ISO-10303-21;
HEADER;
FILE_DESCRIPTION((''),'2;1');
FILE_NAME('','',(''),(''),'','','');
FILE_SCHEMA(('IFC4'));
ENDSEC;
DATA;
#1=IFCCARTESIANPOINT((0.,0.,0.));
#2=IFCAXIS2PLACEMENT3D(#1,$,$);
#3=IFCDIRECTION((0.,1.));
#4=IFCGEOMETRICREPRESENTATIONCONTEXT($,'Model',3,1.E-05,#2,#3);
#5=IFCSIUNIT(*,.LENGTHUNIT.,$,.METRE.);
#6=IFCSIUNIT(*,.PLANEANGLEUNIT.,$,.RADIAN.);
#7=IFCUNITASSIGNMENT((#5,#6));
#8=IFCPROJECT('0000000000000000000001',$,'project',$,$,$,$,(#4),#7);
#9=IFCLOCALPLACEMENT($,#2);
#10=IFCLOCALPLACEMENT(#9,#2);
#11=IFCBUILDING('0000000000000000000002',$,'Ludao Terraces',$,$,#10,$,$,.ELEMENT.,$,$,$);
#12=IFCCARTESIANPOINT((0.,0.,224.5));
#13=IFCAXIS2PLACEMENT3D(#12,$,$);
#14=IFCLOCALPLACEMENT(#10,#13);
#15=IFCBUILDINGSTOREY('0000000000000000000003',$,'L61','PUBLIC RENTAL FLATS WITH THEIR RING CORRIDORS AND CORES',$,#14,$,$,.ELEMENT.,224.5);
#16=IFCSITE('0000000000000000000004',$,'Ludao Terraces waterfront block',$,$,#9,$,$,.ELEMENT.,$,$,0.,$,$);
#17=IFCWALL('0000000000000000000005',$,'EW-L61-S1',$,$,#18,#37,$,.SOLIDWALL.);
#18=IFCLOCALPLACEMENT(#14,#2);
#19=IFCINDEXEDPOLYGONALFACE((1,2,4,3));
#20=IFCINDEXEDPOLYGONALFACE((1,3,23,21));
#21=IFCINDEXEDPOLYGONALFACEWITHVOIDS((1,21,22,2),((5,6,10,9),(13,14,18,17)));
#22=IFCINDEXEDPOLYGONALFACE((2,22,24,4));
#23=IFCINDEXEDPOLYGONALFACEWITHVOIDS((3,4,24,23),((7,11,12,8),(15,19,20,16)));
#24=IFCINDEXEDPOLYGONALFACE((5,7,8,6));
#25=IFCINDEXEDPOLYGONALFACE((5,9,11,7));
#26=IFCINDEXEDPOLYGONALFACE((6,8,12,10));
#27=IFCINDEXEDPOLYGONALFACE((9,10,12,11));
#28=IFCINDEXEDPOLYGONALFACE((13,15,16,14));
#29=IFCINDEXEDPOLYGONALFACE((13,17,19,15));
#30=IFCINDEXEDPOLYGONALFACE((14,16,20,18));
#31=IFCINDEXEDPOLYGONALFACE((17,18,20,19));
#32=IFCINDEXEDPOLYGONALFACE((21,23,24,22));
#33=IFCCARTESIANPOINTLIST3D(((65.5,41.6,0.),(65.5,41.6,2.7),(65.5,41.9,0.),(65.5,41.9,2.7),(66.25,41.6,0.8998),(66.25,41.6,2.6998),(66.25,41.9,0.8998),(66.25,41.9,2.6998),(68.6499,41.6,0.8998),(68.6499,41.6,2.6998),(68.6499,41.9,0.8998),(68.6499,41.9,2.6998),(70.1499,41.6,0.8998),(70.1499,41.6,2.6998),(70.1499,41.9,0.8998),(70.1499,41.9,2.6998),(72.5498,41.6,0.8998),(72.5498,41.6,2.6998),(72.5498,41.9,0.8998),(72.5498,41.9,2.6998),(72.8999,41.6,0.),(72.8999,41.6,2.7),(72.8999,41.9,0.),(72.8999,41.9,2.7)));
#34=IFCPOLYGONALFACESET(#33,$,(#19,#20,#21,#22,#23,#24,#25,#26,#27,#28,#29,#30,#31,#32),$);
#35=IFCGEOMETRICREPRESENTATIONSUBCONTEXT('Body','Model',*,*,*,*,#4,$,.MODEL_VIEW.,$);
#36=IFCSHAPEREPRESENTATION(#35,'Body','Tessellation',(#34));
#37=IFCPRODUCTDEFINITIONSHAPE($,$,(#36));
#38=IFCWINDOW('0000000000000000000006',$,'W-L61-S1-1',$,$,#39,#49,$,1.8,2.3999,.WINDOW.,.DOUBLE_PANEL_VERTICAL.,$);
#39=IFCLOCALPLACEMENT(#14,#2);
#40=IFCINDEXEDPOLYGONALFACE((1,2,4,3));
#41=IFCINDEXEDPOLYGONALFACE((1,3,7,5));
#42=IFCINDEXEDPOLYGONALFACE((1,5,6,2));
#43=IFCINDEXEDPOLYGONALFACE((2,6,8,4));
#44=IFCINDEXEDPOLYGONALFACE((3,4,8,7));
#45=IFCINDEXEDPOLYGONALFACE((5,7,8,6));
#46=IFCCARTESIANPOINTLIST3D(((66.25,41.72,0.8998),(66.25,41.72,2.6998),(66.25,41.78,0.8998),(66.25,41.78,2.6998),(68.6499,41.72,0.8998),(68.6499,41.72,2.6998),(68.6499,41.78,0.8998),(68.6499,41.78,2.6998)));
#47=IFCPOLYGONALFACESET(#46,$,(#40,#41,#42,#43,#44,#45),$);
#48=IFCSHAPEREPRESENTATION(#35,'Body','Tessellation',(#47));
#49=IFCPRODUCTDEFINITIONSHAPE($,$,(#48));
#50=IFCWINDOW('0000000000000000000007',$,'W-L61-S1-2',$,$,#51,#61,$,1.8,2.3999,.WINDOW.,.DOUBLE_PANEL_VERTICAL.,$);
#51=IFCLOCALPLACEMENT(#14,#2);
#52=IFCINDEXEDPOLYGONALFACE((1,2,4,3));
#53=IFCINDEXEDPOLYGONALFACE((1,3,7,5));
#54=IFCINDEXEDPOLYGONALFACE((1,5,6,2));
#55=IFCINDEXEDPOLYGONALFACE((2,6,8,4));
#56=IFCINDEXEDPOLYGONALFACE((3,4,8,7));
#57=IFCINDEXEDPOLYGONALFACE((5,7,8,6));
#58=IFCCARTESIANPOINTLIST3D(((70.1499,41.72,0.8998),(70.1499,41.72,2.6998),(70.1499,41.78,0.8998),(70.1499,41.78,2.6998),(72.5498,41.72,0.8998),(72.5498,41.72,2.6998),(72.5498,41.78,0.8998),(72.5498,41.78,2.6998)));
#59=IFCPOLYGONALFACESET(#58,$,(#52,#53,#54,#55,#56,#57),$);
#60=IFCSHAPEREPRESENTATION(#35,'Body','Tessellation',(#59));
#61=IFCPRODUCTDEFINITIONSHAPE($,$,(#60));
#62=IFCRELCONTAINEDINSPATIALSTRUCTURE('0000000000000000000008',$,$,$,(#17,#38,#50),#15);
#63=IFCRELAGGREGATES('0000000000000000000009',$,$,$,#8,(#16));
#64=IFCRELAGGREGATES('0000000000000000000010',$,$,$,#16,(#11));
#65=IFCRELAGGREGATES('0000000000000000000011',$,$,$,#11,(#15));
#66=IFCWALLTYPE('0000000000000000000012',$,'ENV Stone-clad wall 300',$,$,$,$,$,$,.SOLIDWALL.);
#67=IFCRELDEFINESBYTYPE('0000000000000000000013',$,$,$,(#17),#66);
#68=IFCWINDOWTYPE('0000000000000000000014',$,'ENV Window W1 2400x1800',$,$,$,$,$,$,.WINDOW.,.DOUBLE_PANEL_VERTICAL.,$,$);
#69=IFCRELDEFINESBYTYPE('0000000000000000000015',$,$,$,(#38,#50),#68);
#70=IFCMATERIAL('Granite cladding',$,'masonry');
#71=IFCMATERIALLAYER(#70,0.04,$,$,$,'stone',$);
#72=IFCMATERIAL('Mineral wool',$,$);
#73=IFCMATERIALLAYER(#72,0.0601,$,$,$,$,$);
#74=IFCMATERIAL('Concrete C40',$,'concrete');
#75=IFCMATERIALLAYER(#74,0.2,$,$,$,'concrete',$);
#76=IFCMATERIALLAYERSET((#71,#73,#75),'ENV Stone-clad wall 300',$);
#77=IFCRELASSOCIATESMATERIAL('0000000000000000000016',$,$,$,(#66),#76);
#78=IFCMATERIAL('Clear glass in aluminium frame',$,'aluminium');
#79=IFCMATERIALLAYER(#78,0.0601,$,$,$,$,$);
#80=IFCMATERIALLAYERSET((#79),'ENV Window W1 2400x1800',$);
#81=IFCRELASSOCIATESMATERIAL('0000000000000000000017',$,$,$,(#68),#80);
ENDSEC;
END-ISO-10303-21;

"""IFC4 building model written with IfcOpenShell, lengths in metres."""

from ifc_helpers import new_model, si_unit, direction, frame, frame_2d, origin, place, context, subcontext, project, spatial, rectangle, extrude, material, layer, layer_set, type_object, element, fill, save


model = new_model("IFC4")

# Units and contexts
model_context = context("Model", 3, precision=1e-05, world=origin(), true_north=direction((0.0, 1.0)))
body_context = subcontext(model_context, "Body", "Model", "MODEL_VIEW")
ifc_project = project(units=[si_unit("LENGTHUNIT", "METRE"), si_unit("PLANEANGLEUNIT", "RADIAN")], contexts=[model_context])

# Site, building, storey
site_placement = place(None, origin())
site = spatial("IfcSite", under=ifc_project, at=site_placement, Name="Ludao Terraces waterfront block", CompositionType="ELEMENT", RefElevation=0.0)
building_placement = place(site_placement, origin())
building = spatial("IfcBuilding", under=site, at=building_placement, Name="Ludao Terraces", CompositionType="ELEMENT")
storey_placement = place(building_placement, frame((0.0, 0.0, 224.5)))
storey = spatial("IfcBuildingStorey", under=building, at=storey_placement, Name="L61", Description="PUBLIC RENTAL FLATS WITH THEIR RING CORRIDORS AND CORES", CompositionType="ELEMENT", Elevation=224.5)

# Wall, openings, windows
ifc_material_1 = material(Name="Granite cladding", Category="masonry")
ifc_layer_1 = layer(ifc_material_1, 0.04, Category="stone")
ifc_material_2 = material(Name="Mineral wool")
ifc_layer_2 = layer(ifc_material_2, 0.0601)
ifc_material_3 = material(Name="Concrete C40", Category="concrete")
ifc_layer_3 = layer(ifc_material_3, 0.2, Category="concrete")
ifc_layer_set_1 = layer_set([ifc_layer_1, ifc_layer_2, ifc_layer_3], Name="ENV Stone-clad wall 300")
wall_type = type_object("IfcWallType", Name="ENV Stone-clad wall 300", PredefinedType="SOLIDWALL", material=ifc_layer_set_1)
wall_placement = place(storey_placement, frame((65.5, 41.75, 0.0), z_axis=(0.0, 0.0, 1.0), x_axis=(1.0, 0.0, 0.0)))
wall = element("IfcWall", 1, at=wall_placement, inside=storey, type_object=wall_type, Name="EW-L61-S1", PredefinedType="SOLIDWALL", context=body_context, shape_type="SweptSolid", body=[
    extrude(rectangle(XDim=7.3999, YDim=0.3, at=frame_2d((3.7, 0.0))), origin(), (0.0, 0.0, 1.0), 2.7),
])
opening_1_placement = place(wall_placement, frame((0.75, 0.0, 0.8999)))
opening_1 = element("IfcOpeningElement", 2, at=opening_1_placement, cuts=wall, PredefinedType="OPENING", context=body_context, shape_type="SweptSolid", body=[
    extrude(rectangle(XDim=2.3999, YDim=1.8, at=frame_2d((1.2, 0.8999))), frame((0.0, 0.1602, 0.0), z_axis=(0.0, -1.0, 0.0), x_axis=(1.0, 0.0, 0.0)), (0.0, 0.0, 1.0), 0.3201),
])
opening_2_placement = place(wall_placement, frame((4.6499, 0.0, 0.8999)))
opening_2 = element("IfcOpeningElement", 3, at=opening_2_placement, cuts=wall, PredefinedType="OPENING", context=body_context, shape_type="SweptSolid", body=[
    extrude(rectangle(XDim=2.3999, YDim=1.8, at=frame_2d((1.2, 0.8999))), frame((0.0, 0.1602, 0.0), z_axis=(0.0, -1.0, 0.0), x_axis=(1.0, 0.0, 0.0)), (0.0, 0.0, 1.0), 0.3201),
])
ifc_material_4 = material(Name="Clear glass in aluminium frame", Category="aluminium")
ifc_layer_4 = layer(ifc_material_4, 0.0601)
ifc_layer_set_2 = layer_set([ifc_layer_4], Name="ENV Window W1 2400x1800")
window_type = type_object("IfcWindowType", Name="ENV Window W1 2400x1800", PartitioningType="DOUBLE_PANEL_VERTICAL", PredefinedType="WINDOW", material=ifc_layer_set_2)
window_1_placement = place(opening_1_placement, origin())
window_1 = element("IfcWindow", 4, at=window_1_placement, inside=storey, type_object=window_type, Name="W-L61-S1-1", OverallHeight=1.8, OverallWidth=2.3999, PartitioningType="DOUBLE_PANEL_VERTICAL", PredefinedType="WINDOW", context=body_context, shape_type="SweptSolid", body=[
    extrude(rectangle(XDim=2.3999, YDim=1.8, at=frame_2d((1.2, 0.8999))), frame((0.0, 0.03, 0.0), z_axis=(0.0, -1.0, 0.0), x_axis=(1.0, 0.0, 0.0)), (0.0, 0.0, 1.0), 0.0601),
])
fill(opening_1, window_1)
window_2_placement = place(opening_2_placement, origin())
window_2 = element("IfcWindow", 5, at=window_2_placement, inside=storey, type_object=window_type, Name="W-L61-S1-2", OverallHeight=1.8, OverallWidth=2.3999, PartitioningType="DOUBLE_PANEL_VERTICAL", PredefinedType="WINDOW", context=body_context, shape_type="SweptSolid", body=[
    extrude(rectangle(XDim=2.3999, YDim=1.8, at=frame_2d((1.2, 0.8999))), frame((0.0, 0.03, 0.0), z_axis=(0.0, -1.0, 0.0), x_axis=(1.0, 0.0, 0.0)), (0.0, 0.0, 1.0), 0.0601),
])
fill(opening_2, window_2)

save(model, "model.ifc")
